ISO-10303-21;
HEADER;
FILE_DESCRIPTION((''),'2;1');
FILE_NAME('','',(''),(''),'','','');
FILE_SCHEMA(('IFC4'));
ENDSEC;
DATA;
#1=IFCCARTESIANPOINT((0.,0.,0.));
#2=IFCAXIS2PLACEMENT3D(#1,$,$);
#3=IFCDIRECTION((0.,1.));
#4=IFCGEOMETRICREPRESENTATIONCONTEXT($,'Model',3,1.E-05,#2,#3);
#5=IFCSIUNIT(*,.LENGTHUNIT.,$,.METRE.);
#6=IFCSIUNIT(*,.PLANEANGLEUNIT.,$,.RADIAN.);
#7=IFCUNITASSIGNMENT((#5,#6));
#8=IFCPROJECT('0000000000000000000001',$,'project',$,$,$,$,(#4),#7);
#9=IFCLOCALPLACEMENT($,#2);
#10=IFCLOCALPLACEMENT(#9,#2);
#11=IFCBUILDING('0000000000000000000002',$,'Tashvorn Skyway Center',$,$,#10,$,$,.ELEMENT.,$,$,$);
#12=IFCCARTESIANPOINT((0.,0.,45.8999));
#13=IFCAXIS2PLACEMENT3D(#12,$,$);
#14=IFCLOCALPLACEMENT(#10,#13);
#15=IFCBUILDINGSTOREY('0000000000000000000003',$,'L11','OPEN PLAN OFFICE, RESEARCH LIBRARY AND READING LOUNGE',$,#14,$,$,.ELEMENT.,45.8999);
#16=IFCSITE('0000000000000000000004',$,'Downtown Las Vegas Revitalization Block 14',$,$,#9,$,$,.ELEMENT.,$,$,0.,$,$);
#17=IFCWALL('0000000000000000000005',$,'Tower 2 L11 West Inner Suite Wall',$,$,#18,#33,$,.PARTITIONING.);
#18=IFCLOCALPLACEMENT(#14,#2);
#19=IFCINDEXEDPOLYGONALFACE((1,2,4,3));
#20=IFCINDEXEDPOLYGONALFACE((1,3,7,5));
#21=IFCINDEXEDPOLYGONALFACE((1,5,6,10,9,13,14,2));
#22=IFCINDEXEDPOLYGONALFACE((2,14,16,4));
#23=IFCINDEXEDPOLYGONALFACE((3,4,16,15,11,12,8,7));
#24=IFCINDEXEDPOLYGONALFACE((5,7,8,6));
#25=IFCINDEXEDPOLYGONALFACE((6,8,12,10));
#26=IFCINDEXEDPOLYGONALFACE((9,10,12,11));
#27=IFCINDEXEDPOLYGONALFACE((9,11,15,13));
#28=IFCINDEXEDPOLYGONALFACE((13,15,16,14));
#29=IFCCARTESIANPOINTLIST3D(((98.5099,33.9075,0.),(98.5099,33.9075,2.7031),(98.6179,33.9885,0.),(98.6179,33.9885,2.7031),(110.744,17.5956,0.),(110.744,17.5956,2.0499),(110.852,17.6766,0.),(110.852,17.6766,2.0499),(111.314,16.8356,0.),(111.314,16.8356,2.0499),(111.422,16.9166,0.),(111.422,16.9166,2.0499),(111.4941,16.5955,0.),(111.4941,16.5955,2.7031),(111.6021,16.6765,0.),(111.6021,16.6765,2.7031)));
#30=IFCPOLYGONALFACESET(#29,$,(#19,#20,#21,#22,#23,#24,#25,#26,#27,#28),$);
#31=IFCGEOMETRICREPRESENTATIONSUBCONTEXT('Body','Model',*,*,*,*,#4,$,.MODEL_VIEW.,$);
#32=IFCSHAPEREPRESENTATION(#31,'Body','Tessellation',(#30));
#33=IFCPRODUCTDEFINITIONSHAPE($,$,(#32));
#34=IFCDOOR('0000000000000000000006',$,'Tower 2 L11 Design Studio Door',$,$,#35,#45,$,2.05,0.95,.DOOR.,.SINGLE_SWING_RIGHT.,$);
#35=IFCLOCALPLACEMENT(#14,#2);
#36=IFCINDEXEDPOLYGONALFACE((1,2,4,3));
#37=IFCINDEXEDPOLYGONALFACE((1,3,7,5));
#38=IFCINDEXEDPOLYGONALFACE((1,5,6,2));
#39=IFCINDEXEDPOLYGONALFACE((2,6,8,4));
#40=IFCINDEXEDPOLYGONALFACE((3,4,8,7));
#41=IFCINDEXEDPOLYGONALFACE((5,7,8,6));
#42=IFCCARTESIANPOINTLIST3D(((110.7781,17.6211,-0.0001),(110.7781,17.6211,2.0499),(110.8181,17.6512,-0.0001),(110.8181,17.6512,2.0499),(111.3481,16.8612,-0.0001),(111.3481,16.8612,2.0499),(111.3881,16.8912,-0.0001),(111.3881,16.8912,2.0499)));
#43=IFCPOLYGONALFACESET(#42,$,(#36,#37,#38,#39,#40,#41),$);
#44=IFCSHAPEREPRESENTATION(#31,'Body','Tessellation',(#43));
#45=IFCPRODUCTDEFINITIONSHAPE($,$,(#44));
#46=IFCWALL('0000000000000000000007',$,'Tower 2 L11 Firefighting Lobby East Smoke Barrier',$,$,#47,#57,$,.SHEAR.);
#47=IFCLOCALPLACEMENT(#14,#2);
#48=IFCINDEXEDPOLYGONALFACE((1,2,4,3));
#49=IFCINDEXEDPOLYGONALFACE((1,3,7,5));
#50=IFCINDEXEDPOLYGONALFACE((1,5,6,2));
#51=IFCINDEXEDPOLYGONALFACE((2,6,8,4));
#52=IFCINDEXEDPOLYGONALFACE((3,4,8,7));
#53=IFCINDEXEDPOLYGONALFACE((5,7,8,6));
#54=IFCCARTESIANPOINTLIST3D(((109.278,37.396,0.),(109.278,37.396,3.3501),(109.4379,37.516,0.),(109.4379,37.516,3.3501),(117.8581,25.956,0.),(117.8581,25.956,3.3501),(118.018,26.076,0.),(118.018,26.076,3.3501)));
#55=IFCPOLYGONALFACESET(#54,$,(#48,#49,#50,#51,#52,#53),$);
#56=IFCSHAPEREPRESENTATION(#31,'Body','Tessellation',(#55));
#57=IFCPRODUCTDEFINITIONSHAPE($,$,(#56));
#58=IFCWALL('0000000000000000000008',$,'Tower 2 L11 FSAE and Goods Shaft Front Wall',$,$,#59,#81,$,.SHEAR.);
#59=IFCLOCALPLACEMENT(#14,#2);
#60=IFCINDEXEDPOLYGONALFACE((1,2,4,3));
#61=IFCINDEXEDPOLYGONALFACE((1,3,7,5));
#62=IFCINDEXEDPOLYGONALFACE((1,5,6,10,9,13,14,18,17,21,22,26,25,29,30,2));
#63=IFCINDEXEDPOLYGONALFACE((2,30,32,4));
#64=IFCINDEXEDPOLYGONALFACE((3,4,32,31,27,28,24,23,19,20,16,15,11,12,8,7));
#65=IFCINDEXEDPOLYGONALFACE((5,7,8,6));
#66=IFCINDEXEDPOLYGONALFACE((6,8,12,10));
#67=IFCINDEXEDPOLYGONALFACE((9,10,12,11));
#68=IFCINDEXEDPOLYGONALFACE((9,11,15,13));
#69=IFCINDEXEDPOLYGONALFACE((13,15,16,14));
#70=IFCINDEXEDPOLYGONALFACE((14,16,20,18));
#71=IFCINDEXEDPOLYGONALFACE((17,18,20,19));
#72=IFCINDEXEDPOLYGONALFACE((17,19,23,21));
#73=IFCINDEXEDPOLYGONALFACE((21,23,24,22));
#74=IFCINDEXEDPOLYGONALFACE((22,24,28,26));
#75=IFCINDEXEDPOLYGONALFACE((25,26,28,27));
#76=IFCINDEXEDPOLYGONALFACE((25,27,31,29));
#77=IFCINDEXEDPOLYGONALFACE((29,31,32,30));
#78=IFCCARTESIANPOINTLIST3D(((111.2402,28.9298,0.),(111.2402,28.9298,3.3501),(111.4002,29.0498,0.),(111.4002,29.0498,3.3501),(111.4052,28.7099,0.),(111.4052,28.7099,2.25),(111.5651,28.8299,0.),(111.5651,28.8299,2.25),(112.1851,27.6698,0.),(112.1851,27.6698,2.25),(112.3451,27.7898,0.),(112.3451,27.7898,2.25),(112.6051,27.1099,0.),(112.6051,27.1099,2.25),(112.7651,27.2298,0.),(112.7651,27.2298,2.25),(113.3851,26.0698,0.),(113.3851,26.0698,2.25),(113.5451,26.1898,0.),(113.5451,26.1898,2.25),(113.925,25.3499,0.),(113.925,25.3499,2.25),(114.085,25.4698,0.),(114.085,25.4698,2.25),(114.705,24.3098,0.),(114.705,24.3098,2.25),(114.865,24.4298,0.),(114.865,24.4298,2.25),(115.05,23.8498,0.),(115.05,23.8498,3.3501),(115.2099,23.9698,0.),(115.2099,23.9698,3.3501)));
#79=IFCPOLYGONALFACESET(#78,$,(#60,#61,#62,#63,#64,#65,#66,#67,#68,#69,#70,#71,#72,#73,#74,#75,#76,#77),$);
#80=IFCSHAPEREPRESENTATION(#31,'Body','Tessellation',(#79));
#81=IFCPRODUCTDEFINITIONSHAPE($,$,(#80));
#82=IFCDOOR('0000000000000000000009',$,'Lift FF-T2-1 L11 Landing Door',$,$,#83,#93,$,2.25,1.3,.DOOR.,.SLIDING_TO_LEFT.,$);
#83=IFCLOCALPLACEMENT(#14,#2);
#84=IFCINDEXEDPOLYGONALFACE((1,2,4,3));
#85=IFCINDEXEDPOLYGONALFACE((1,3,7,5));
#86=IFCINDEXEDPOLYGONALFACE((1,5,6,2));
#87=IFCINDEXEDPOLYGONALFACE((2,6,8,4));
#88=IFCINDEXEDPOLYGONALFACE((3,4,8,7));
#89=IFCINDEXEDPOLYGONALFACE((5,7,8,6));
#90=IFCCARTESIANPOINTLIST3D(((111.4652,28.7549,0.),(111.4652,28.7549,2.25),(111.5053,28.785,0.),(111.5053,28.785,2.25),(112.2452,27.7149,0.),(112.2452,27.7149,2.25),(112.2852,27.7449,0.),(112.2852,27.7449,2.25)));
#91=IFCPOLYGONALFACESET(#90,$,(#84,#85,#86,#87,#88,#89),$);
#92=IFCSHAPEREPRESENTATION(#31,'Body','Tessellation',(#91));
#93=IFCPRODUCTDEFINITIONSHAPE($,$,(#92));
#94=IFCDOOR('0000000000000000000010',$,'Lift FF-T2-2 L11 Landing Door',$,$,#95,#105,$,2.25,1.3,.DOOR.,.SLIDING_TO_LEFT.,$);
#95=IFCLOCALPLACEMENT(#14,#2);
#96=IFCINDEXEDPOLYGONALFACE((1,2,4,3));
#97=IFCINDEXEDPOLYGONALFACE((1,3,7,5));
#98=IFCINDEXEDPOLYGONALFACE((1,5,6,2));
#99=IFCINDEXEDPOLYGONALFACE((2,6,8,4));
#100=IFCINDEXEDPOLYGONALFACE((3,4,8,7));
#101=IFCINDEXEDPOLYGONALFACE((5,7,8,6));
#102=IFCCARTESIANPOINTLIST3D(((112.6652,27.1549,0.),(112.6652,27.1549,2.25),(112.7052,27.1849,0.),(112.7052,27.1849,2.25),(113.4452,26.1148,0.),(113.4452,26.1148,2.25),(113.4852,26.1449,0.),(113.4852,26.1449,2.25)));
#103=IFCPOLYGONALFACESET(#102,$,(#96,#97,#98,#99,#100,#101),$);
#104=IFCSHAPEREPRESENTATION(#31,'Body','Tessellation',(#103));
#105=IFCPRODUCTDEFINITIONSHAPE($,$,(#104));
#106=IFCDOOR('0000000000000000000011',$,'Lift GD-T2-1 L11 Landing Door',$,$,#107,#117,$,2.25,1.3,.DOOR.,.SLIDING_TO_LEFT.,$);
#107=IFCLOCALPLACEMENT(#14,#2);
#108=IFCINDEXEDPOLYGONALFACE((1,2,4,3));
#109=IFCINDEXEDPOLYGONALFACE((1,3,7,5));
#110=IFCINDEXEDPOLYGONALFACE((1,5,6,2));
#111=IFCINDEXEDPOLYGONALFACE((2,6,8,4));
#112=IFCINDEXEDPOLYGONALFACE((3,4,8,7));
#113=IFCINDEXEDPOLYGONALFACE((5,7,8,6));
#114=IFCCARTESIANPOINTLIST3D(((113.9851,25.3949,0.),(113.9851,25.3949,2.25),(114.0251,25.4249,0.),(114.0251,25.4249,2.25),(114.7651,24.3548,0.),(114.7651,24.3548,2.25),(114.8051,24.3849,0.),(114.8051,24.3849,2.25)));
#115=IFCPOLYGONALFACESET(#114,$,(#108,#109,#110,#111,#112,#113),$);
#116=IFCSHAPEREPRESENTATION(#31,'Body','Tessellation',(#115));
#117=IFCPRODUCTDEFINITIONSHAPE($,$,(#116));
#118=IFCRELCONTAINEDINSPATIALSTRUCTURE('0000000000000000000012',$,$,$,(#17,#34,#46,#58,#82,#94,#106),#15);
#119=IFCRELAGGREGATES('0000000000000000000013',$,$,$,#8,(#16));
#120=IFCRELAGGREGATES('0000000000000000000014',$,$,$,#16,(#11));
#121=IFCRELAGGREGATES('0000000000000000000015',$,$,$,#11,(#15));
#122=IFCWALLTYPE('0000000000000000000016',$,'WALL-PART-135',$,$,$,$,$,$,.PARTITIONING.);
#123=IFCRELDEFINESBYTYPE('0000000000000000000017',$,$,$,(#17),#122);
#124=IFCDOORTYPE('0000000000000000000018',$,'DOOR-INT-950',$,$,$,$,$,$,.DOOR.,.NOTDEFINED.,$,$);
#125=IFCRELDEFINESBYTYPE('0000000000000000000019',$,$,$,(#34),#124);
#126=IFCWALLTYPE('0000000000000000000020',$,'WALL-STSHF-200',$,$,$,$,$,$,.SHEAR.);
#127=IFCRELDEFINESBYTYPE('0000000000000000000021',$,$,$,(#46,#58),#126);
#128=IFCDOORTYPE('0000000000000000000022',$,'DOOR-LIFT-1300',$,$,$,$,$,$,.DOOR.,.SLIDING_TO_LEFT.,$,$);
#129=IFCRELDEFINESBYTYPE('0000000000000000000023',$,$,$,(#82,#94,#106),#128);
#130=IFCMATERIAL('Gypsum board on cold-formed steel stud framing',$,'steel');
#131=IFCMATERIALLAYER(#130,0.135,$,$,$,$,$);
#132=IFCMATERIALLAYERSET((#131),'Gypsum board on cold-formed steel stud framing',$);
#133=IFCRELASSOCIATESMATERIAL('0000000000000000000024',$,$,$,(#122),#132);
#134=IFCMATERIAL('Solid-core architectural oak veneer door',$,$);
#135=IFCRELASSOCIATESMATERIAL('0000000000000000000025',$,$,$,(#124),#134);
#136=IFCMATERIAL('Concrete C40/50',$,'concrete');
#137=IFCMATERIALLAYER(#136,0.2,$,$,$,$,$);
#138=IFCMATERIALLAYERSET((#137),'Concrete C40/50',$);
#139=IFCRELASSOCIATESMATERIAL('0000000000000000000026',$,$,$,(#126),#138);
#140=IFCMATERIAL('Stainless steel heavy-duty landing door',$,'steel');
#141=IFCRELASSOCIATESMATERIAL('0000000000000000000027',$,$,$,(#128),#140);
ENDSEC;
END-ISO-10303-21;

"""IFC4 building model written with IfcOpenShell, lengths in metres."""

from ifc_helpers import new_model, si_unit, direction, frame, frame_2d, origin, place, context, subcontext, project, spatial, rectangle, extrude, material, layer, layer_set, type_object, element, fill, save


model = new_model("IFC4")

# Units and contexts
model_context = context("Model", 3, precision=1e-05, world=origin(), true_north=direction((0.0, 1.0)))
body_context = subcontext(model_context, "Body", "Model", "MODEL_VIEW")
ifc_project = project(units=[si_unit("LENGTHUNIT", "METRE"), si_unit("PLANEANGLEUNIT", "RADIAN")], contexts=[model_context])

# Site, building, storey
site_placement = place(None, origin())
site = spatial("IfcSite", under=ifc_project, at=site_placement, Name="Downtown Las Vegas Revitalization Block 14", CompositionType="ELEMENT", RefElevation=0.0)
building_placement = place(site_placement, origin())
building = spatial("IfcBuilding", under=site, at=building_placement, Name="Tashvorn Skyway Center", CompositionType="ELEMENT")
storey_placement = place(building_placement, frame((0.0, 0.0, 45.8999)))
storey = spatial("IfcBuildingStorey", under=building, at=storey_placement, Name="L11", Description="OPEN PLAN OFFICE, RESEARCH LIBRARY AND READING LOUNGE", CompositionType="ELEMENT", Elevation=45.8999)

# Wall, opening, door
ifc_material_1 = material(Name="Concrete C40/50", Category="concrete")
ifc_material_2 = material(Name="Gypsum board on cold-formed steel stud framing", Category="steel")
ifc_layer_1 = layer(ifc_material_2, 0.135)
ifc_layer_set_1 = layer_set([ifc_layer_1], Name="Gypsum board on cold-formed steel stud framing")
wall_type_1 = type_object("IfcWallType", Name="WALL-PART-135", PredefinedType="PARTITIONING", material=ifc_layer_set_1)
wall_1_placement = place(storey_placement, frame((111.5481, 16.636, 0.0), z_axis=(0.0, 0.0, 1.0), x_axis=(-0.600004, 0.799997, 0.0)))
wall_1 = element("IfcWall", 1, at=wall_1_placement, inside=storey, type_object=wall_type_1, Name="Tower 2 L11 West Inner Suite Wall", PredefinedType="PARTITIONING", context=body_context, shape_type="SweptSolid", body=[
    extrude(rectangle(XDim=21.6401, YDim=0.135, at=frame_2d((10.8201, 0.0))), origin(), (0.0, 0.0, 1.0), 2.7031),
])
opening_1_placement = place(wall_1_placement, frame((0.3, 0.0, 0.0)))
opening_1 = element("IfcOpeningElement", 2, at=opening_1_placement, cuts=wall_1, PredefinedType="OPENING", context=body_context, shape_type="SweptSolid", body=[
    extrude(rectangle(XDim=0.95, YDim=2.05, at=frame_2d((0.4751, 1.0249))), frame((0.0, 0.0774, 0.0), z_axis=(0.0, -1.0, 0.0), x_axis=(1.0, 0.0, 0.0)), (0.0, 0.0, 1.0), 0.155),
])
ifc_material_3 = material(Name="Solid-core architectural oak veneer door")
door_type_1 = type_object("IfcDoorType", Name="DOOR-INT-950", OperationType="NOTDEFINED", PredefinedType="DOOR", material=ifc_material_3)
door_1_placement = place(opening_1_placement, origin())
door_1 = element("IfcDoor", 3, at=door_1_placement, inside=storey, type_object=door_type_1, Name="Tower 2 L11 Design Studio Door", OperationType="SINGLE_SWING_RIGHT", OverallHeight=2.05, OverallWidth=0.95, PredefinedType="DOOR", context=body_context, shape_type="SweptSolid", body=[
    extrude(rectangle(XDim=0.95, YDim=2.05, at=frame_2d((0.4751, 1.0249))), frame((0.0, 0.0249, 0.0), z_axis=(0.0, -1.0, 0.0), x_axis=(1.0, 0.0, 0.0)), (0.0, 0.0, 1.0), 0.05),
])
fill(opening_1, door_1)

# Wall
ifc_layer_2 = layer(ifc_material_1, 0.2)
ifc_layer_set_2 = layer_set([ifc_layer_2], Name="Concrete C40/50")
wall_type_2 = type_object("IfcWallType", Name="WALL-STSHF-200", PredefinedType="SHEAR", material=ifc_layer_set_2)
wall_2_placement = place(storey_placement, frame((117.938, 26.0161, 0.0), z_axis=(0.0, 0.0, 1.0), x_axis=(-0.600005, 0.799996, 0.0)))
element("IfcWall", 4, at=wall_2_placement, inside=storey, type_object=wall_type_2, Name="Tower 2 L11 Firefighting Lobby East Smoke Barrier", PredefinedType="SHEAR", context=body_context, shape_type="SweptSolid", body=[
    extrude(rectangle(XDim=14.3, YDim=0.2, at=frame_2d((7.1499, 0.0))), origin(), (0.0, 0.0, 1.0), 3.3501),
])

# Wall, openings, doors
wall_3_placement = place(storey_placement, frame((115.1299, 23.9099, 0.0), z_axis=(0.0, 0.0, 1.0), x_axis=(-0.599975, 0.800018, 0.0)))
wall_3 = element("IfcWall", 5, at=wall_3_placement, inside=storey, type_object=wall_type_2, Name="Tower 2 L11 FSAE and Goods Shaft Front Wall", PredefinedType="SHEAR", context=body_context, shape_type="SweptSolid", body=[
    extrude(rectangle(XDim=6.3499, YDim=0.2, at=frame_2d((3.1748, 0.0))), origin(), (0.0, 0.0, 1.0), 3.3501),
])
opening_2_placement = place(wall_3_placement, frame((4.7749, 0.0, 0.0)))
opening_2 = element("IfcOpeningElement", 6, at=opening_2_placement, cuts=wall_3, PredefinedType="OPENING", context=body_context, shape_type="SweptSolid", body=[
    extrude(rectangle(XDim=1.3, YDim=2.25, at=frame_2d((0.6499, 1.125))), frame((0.0, 0.1099, 0.0), z_axis=(0.0, -1.0, 0.0), x_axis=(1.0, 0.0, 0.0)), (0.0, 0.0, 1.0), 0.22),
])
opening_3_placement = place(wall_3_placement, frame((2.7749, 0.0, 0.0)))
opening_3 = element("IfcOpeningElement", 7, at=opening_3_placement, cuts=wall_3, PredefinedType="OPENING", context=body_context, shape_type="SweptSolid", body=[
    extrude(rectangle(XDim=1.3, YDim=2.25, at=frame_2d((0.6499, 1.125))), frame((0.0, 0.1099, 0.0), z_axis=(0.0, -1.0, 0.0), x_axis=(1.0, 0.0, 0.0)), (0.0, 0.0, 1.0), 0.22),
])
opening_4_placement = place(wall_3_placement, frame((0.575, 0.0, 0.0)))
opening_4 = element("IfcOpeningElement", 8, at=opening_4_placement, cuts=wall_3, PredefinedType="OPENING", context=body_context, shape_type="SweptSolid", body=[
    extrude(rectangle(XDim=1.3, YDim=2.25, at=frame_2d((0.6499, 1.125))), frame((0.0, 0.1099, 0.0), z_axis=(0.0, -1.0, 0.0), x_axis=(1.0, 0.0, 0.0)), (0.0, 0.0, 1.0), 0.22),
])
ifc_material_4 = material(Name="Stainless steel heavy-duty landing door", Category="steel")
door_type_2 = type_object("IfcDoorType", Name="DOOR-LIFT-1300", OperationType="SLIDING_TO_LEFT", PredefinedType="DOOR", material=ifc_material_4)
door_2_placement = place(opening_2_placement, origin())
door_2 = element("IfcDoor", 9, at=door_2_placement, inside=storey, type_object=door_type_2, Name="Lift FF-T2-1 L11 Landing Door", OperationType="SLIDING_TO_LEFT", OverallHeight=2.25, OverallWidth=1.3, PredefinedType="DOOR", context=body_context, shape_type="SweptSolid", body=[
    extrude(rectangle(XDim=1.3, YDim=2.25, at=frame_2d((0.6499, 1.125))), frame((0.0, 0.0249, 0.0), z_axis=(0.0, -1.0, 0.0), x_axis=(1.0, 0.0, 0.0)), (0.0, 0.0, 1.0), 0.05),
])
fill(opening_2, door_2)
door_3_placement = place(opening_3_placement, origin())
door_3 = element("IfcDoor", 10, at=door_3_placement, inside=storey, type_object=door_type_2, Name="Lift FF-T2-2 L11 Landing Door", OperationType="SLIDING_TO_LEFT", OverallHeight=2.25, OverallWidth=1.3, PredefinedType="DOOR", context=body_context, shape_type="SweptSolid", body=[
    extrude(rectangle(XDim=1.3, YDim=2.25, at=frame_2d((0.6499, 1.125))), frame((0.0, 0.0249, 0.0), z_axis=(0.0, -1.0, 0.0), x_axis=(1.0, 0.0, 0.0)), (0.0, 0.0, 1.0), 0.05),
])
fill(opening_3, door_3)
door_4_placement = place(opening_4_placement, origin())
door_4 = element("IfcDoor", 11, at=door_4_placement, inside=storey, type_object=door_type_2, Name="Lift GD-T2-1 L11 Landing Door", OperationType="SLIDING_TO_LEFT", OverallHeight=2.25, OverallWidth=1.3, PredefinedType="DOOR", context=body_context, shape_type="SweptSolid", body=[
    extrude(rectangle(XDim=1.3, YDim=2.25, at=frame_2d((0.6499, 1.125))), frame((0.0, 0.0249, 0.0), z_axis=(0.0, -1.0, 0.0), x_axis=(1.0, 0.0, 0.0)), (0.0, 0.0, 1.0), 0.05),
])
fill(opening_4, door_4)

save(model, "model.ifc")
